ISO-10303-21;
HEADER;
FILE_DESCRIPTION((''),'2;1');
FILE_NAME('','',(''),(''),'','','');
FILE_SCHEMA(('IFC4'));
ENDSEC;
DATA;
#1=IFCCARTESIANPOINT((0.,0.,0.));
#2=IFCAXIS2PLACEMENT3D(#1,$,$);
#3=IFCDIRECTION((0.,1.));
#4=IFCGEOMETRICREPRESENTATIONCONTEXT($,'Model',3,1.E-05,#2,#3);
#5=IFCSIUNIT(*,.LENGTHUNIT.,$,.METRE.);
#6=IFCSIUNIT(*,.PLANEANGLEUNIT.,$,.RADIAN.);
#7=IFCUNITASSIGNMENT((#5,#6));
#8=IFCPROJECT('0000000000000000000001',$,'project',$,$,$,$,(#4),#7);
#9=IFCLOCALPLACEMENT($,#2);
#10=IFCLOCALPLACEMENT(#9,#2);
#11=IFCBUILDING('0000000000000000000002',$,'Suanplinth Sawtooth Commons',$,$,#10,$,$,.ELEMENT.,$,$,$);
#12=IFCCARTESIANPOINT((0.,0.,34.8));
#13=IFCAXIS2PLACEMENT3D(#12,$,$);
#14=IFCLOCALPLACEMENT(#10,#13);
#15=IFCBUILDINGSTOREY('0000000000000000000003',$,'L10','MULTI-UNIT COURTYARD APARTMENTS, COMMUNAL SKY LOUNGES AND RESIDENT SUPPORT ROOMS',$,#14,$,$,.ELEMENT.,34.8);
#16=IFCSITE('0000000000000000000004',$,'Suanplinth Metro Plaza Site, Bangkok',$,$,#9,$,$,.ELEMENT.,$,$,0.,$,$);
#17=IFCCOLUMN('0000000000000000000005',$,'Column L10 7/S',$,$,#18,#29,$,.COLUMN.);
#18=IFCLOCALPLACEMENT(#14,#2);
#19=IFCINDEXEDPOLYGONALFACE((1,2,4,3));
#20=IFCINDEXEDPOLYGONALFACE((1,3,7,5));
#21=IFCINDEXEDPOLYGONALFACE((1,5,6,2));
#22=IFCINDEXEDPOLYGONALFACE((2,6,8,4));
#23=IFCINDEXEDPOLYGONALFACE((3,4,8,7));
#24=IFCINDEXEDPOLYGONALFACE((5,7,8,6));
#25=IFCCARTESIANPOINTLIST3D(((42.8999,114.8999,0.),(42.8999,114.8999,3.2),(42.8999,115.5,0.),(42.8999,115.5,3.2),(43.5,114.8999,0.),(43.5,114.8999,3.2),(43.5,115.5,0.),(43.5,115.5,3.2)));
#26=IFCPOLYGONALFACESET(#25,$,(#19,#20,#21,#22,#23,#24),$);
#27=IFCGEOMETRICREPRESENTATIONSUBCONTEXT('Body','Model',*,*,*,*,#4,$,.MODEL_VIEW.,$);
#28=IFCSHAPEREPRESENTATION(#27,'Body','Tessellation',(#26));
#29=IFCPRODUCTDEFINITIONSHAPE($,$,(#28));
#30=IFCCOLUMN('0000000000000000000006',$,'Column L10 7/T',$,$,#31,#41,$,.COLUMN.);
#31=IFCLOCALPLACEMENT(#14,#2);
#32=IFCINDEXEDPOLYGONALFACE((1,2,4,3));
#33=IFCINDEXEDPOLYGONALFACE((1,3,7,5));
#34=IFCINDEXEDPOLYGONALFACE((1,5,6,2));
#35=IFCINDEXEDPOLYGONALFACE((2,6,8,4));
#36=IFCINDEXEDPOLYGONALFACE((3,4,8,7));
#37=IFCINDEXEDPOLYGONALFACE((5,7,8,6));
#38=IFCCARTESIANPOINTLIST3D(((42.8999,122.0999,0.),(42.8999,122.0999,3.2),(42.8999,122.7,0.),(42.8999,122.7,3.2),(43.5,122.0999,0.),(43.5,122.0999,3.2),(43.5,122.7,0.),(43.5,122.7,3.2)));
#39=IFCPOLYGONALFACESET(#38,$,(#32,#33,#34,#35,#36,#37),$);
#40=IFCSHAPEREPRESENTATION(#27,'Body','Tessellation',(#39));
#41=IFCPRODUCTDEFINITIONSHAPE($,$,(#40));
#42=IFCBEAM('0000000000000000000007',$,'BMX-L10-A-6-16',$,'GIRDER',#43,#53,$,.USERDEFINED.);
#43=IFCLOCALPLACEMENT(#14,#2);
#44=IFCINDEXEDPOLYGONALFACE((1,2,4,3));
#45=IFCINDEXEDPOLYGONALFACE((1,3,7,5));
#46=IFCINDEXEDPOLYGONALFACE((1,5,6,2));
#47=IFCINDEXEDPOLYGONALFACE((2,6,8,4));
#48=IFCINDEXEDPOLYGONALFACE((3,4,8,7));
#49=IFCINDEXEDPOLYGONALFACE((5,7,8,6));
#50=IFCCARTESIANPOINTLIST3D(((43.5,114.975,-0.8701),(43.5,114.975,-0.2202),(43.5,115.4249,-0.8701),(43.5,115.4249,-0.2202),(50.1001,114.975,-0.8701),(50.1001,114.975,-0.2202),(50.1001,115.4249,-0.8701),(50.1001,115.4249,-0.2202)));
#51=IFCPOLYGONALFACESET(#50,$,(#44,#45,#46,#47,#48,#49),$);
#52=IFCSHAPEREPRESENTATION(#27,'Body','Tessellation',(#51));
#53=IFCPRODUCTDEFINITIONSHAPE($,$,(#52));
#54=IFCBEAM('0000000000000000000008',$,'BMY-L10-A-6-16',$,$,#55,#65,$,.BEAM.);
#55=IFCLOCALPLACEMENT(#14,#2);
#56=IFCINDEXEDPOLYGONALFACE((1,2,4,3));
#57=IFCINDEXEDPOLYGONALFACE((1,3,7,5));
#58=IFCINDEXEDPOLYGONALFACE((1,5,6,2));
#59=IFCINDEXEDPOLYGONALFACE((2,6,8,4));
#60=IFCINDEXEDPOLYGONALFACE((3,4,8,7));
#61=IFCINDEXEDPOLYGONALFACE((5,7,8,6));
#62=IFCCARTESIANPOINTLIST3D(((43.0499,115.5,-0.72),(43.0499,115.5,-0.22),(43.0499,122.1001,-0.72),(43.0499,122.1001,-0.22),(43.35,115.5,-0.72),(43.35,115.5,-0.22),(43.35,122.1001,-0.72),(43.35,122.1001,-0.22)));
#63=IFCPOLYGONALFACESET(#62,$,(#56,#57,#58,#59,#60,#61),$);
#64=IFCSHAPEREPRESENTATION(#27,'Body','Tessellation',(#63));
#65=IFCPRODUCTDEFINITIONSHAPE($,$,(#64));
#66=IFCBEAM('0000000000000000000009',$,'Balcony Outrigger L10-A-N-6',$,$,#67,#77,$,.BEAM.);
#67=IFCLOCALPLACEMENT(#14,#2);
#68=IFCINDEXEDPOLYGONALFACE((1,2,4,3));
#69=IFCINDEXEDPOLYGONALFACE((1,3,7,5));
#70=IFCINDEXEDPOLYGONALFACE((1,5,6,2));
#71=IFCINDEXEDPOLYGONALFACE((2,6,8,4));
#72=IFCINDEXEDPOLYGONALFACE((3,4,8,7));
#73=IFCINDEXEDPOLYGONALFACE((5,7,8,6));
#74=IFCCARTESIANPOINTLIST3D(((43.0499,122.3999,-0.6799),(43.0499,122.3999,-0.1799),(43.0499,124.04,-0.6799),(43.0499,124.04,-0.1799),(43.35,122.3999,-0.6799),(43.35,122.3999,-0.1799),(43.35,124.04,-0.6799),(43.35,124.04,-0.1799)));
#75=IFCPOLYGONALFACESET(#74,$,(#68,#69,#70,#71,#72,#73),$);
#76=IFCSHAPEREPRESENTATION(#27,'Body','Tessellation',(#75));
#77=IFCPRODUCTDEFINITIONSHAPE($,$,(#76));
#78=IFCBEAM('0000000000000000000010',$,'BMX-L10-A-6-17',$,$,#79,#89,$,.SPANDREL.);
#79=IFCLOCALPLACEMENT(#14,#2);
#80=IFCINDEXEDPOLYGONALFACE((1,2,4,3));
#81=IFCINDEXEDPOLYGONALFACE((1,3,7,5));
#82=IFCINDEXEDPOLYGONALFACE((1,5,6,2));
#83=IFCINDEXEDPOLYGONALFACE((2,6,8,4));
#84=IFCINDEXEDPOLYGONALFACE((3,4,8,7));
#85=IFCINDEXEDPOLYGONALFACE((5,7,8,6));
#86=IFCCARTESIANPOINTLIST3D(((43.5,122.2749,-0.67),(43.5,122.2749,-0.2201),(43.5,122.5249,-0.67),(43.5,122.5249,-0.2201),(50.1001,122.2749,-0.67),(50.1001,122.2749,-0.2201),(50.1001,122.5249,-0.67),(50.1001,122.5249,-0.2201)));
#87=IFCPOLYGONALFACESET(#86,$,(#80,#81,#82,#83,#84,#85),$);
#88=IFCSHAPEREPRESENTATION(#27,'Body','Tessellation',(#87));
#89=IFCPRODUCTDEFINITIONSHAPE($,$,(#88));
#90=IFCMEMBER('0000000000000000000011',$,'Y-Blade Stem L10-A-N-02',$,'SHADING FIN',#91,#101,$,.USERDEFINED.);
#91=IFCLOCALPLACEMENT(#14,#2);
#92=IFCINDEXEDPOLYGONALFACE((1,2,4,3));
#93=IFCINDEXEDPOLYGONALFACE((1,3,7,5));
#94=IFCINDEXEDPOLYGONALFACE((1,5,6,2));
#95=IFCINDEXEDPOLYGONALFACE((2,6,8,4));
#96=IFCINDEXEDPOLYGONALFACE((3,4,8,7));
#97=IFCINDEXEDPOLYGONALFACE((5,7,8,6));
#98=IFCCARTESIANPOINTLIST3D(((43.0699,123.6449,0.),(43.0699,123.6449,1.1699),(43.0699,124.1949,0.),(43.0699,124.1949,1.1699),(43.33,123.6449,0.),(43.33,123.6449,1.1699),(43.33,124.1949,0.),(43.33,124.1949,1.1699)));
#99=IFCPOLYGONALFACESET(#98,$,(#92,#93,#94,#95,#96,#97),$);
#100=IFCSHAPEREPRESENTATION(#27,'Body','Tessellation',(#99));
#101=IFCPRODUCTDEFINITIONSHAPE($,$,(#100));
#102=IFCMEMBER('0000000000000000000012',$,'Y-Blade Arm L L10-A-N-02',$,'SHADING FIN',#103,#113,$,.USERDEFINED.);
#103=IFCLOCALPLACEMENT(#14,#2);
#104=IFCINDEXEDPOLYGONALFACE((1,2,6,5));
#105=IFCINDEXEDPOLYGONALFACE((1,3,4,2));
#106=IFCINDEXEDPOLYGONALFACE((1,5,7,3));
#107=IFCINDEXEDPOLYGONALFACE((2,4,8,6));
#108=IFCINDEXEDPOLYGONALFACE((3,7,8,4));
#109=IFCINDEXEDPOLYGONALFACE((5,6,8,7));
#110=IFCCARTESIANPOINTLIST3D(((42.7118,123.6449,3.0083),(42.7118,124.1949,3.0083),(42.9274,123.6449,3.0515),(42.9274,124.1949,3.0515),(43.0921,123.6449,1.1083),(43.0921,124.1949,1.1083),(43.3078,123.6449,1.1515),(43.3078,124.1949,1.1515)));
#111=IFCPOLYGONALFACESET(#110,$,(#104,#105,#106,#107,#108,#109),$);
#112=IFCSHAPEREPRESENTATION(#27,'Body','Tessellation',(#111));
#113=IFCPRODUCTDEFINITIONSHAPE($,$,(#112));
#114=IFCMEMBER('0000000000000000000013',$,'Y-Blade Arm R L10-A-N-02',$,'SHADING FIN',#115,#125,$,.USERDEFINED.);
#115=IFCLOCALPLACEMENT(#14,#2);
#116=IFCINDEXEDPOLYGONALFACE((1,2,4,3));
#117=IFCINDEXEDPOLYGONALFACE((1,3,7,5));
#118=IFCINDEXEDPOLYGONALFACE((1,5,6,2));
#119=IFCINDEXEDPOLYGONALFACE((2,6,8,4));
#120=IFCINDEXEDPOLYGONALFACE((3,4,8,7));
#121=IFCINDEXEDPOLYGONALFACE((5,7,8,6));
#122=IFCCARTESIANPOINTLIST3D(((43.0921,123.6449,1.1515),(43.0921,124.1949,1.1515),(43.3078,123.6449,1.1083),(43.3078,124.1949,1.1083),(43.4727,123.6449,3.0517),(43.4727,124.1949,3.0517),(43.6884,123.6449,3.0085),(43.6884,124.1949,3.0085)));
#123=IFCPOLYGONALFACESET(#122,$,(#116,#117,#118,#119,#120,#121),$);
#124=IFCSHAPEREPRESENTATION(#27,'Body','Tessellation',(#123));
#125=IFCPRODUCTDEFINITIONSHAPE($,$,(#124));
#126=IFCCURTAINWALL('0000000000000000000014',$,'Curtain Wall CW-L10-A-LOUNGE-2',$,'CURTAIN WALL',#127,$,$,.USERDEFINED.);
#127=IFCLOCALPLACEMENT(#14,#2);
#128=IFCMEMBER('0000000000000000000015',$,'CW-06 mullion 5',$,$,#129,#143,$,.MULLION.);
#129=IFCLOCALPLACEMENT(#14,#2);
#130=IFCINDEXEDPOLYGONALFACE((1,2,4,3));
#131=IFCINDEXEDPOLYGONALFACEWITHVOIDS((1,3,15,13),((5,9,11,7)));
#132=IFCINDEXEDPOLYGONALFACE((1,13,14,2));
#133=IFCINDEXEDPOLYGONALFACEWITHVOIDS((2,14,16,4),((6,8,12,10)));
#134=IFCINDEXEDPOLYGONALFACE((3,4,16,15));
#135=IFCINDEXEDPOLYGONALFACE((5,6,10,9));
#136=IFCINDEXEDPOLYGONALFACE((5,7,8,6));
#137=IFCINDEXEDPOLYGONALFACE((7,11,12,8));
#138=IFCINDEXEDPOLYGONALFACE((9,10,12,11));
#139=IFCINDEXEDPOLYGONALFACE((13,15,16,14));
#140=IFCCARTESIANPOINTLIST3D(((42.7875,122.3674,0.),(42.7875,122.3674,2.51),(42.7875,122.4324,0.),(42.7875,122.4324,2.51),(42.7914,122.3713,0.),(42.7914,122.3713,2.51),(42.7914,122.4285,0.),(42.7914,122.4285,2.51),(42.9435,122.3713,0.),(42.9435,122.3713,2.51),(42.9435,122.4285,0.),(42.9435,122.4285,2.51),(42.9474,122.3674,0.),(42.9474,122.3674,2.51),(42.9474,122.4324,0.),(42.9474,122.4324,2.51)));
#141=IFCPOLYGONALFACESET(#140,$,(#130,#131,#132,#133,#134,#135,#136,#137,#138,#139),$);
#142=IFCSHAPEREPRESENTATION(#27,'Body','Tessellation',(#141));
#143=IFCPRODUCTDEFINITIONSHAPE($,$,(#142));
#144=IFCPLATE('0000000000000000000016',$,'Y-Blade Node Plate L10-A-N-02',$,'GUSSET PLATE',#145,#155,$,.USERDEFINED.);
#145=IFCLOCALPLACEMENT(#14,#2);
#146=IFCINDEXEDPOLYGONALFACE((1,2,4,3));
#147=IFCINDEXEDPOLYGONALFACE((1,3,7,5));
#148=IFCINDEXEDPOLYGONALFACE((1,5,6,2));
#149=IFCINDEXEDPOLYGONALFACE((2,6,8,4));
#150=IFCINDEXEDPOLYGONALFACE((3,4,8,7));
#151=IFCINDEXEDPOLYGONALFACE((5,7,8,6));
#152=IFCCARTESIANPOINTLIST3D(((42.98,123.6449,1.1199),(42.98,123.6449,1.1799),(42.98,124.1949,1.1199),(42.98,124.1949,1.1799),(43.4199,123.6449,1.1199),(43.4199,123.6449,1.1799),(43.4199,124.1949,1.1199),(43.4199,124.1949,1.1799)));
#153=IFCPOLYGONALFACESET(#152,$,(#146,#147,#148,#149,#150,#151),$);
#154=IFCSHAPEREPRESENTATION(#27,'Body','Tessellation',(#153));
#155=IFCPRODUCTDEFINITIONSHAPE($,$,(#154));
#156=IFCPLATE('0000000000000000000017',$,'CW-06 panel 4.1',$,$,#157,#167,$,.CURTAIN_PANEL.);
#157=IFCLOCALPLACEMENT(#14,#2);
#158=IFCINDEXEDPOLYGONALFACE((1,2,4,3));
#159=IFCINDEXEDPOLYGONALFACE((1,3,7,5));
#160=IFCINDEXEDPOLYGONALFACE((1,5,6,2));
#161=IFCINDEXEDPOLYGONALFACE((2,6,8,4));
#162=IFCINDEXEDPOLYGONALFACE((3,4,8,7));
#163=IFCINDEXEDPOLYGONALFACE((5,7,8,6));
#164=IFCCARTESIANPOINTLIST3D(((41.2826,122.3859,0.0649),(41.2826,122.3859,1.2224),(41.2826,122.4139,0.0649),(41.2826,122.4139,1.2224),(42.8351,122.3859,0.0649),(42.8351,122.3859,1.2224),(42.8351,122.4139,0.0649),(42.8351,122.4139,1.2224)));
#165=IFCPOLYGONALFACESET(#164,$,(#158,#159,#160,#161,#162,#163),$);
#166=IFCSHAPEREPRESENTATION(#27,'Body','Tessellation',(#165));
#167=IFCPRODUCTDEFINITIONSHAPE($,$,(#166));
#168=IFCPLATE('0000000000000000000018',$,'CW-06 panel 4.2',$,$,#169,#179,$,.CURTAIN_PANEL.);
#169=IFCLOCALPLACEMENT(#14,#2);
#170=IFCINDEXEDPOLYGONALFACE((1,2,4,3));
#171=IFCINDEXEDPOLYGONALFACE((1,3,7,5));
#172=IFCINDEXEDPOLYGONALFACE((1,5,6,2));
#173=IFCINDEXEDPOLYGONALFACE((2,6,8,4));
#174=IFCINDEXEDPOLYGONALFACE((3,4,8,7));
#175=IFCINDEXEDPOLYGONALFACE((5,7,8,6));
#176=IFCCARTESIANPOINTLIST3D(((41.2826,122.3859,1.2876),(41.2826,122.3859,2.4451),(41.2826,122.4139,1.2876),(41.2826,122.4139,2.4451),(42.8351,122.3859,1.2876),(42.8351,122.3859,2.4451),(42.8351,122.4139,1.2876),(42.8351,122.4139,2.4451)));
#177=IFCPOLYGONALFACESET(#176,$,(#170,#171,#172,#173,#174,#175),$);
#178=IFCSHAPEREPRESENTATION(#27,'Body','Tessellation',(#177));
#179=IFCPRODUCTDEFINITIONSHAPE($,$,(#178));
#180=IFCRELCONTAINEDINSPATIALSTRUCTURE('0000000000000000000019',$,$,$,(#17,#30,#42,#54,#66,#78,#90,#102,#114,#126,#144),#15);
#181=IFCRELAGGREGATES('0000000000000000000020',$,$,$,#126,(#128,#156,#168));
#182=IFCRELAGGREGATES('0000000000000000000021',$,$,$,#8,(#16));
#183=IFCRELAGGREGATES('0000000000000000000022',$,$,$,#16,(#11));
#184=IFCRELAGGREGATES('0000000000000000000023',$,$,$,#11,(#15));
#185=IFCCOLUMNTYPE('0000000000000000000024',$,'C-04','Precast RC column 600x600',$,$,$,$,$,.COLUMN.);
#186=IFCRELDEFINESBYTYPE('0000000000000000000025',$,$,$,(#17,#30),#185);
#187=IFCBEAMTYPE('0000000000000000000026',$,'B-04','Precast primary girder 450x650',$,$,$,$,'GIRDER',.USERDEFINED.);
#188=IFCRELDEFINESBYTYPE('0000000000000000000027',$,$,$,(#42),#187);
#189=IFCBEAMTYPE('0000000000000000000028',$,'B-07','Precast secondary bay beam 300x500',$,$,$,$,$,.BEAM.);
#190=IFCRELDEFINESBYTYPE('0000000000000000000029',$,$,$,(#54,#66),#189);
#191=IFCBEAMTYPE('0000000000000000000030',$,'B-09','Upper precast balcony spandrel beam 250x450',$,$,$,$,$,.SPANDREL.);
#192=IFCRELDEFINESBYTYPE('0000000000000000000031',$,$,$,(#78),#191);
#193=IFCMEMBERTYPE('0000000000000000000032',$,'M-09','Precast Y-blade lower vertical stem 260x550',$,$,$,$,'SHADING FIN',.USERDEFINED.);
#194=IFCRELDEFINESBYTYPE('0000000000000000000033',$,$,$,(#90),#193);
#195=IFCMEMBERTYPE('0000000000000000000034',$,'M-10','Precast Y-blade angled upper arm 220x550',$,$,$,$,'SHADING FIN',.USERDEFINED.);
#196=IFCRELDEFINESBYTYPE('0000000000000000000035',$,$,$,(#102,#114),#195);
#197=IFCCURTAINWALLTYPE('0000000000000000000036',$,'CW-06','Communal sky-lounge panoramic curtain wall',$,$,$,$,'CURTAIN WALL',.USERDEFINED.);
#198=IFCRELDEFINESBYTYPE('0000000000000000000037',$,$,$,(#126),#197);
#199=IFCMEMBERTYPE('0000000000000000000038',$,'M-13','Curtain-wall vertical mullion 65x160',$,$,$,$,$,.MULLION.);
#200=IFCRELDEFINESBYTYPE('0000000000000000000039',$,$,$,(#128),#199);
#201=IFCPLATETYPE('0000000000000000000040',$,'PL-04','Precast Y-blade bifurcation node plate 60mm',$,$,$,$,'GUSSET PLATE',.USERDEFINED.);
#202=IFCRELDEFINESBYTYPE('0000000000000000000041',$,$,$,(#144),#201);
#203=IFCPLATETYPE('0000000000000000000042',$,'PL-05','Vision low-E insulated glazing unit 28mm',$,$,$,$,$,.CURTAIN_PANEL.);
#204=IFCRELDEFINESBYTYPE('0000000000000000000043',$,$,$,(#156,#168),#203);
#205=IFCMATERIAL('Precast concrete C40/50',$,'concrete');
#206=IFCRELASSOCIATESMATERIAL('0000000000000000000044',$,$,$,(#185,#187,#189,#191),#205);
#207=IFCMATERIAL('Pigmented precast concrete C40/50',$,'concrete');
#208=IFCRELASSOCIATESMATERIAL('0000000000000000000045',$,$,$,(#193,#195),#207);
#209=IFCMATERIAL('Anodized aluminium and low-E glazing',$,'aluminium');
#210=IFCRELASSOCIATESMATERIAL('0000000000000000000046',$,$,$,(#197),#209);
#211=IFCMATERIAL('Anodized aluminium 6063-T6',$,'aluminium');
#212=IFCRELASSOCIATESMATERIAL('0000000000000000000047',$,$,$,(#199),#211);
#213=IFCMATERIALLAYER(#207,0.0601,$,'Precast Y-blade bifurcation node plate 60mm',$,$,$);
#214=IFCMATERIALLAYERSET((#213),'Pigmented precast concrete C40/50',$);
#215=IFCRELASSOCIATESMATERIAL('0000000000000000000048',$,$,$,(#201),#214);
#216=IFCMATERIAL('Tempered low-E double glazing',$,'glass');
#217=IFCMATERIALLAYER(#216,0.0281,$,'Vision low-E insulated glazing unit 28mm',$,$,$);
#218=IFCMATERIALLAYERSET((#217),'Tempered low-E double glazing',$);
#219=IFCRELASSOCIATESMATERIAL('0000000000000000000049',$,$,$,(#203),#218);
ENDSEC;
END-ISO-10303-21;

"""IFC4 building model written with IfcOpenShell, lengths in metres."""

from ifc_helpers import new_model, si_unit, direction, frame, origin, origin_2d, place, context, subcontext, project, spatial, rectangle, hollow_rectangle, extrude, material, layer, layer_set, material_profile, profile_set, type_object, element, aggregate, save


model = new_model("IFC4")

# Units and contexts
model_context = context("Model", 3, precision=1e-05, world=origin(), true_north=direction((0.0, 1.0)))
body_context = subcontext(model_context, "Body", "Model", "MODEL_VIEW")
ifc_project = project(units=[si_unit("LENGTHUNIT", "METRE"), si_unit("PLANEANGLEUNIT", "RADIAN")], contexts=[model_context])

# Site, building, storey
site_placement = place(None, origin())
site = spatial("IfcSite", under=ifc_project, at=site_placement, Name="Suanplinth Metro Plaza Site, Bangkok", CompositionType="ELEMENT", RefElevation=0.0)
building_placement = place(site_placement, origin())
building = spatial("IfcBuilding", under=site, at=building_placement, Name="Suanplinth Sawtooth Commons", CompositionType="ELEMENT")
storey_placement = place(building_placement, frame((0.0, 0.0, 34.8)))
storey = spatial("IfcBuildingStorey", under=building, at=storey_placement, Name="L10", Description="MULTI-UNIT COURTYARD APARTMENTS, COMMUNAL SKY LOUNGES AND RESIDENT SUPPORT ROOMS", CompositionType="ELEMENT", Elevation=34.8)

# Columns
ifc_material_1 = material(Name="Precast concrete C40/50", Category="concrete")
ifc_material_profile_1 = material_profile(ifc_material_1, rectangle(XDim=0.6001, YDim=0.6001, at=origin_2d()), Name="PC-COL 600x600")
ifc_profile_set_1 = profile_set([ifc_material_profile_1], Name="Precast concrete C40/50")
column_type = type_object("IfcColumnType", Name="C-04", Description="Precast RC column 600x600", PredefinedType="COLUMN", material=ifc_profile_set_1)
for number, where, z_axis, x_axis, name in (
    (1, (43.2, 115.2, 0.0), (0.0, 0.0, 1.0), (1.0, 0.0, 0.0), "Column L10 7/S"),
    (2, (43.2, 122.3999, 0.0), (0.0, 0.0, 1.0), (1.0, 0.0, 0.0), "Column L10 7/T"),
):
    element("IfcColumn", number, at=place(storey_placement, frame(where, z_axis=z_axis, x_axis=x_axis)), inside=storey, type_object=column_type, Name=name, PredefinedType="COLUMN", context=body_context, shape_type="SweptSolid", body=[
        extrude(rectangle(XDim=0.6001, YDim=0.6001, at=origin_2d()), origin(), (0.0, 0.0, 1.0), 3.2),
    ])

# Beams
ifc_material_profile_2 = material_profile(ifc_material_1, rectangle(XDim=0.45, YDim=0.6499, at=origin_2d()), Name="PC-GDR 450x650")
ifc_profile_set_2 = profile_set([ifc_material_profile_2], Name="Precast concrete C40/50")
beam_type_1 = type_object("IfcBeamType", Name="B-04", Description="Precast primary girder 450x650", ElementType="GIRDER", PredefinedType="USERDEFINED", material=ifc_profile_set_2)
beam_1_placement = place(storey_placement, frame((43.5, 115.2, -0.5452), z_axis=(1.0, 0.0, 0.0), x_axis=(0.0, 1.0, 0.0)))
element("IfcBeam", 3, at=beam_1_placement, inside=storey, type_object=beam_type_1, Name="BMX-L10-A-6-16", ObjectType="GIRDER", PredefinedType="USERDEFINED", context=body_context, shape_type="SweptSolid", body=[
    extrude(rectangle(XDim=0.45, YDim=0.6499, at=origin_2d()), origin(), (0.0, 0.0, 1.0), 6.6001),
])
ifc_material_profile_3 = material_profile(ifc_material_1, rectangle(XDim=0.3, YDim=0.5, at=origin_2d()), Name="PC-BM 300x500")
ifc_profile_set_3 = profile_set([ifc_material_profile_3], Name="Precast concrete C40/50")
beam_type_2 = type_object("IfcBeamType", Name="B-07", Description="Precast secondary bay beam 300x500", PredefinedType="BEAM", material=ifc_profile_set_3)
beam_2_placement = place(storey_placement, frame((43.2, 115.5, -0.47), z_axis=(0.0, 1.0, 0.0), x_axis=(-1.0, 0.0, 0.0)))
element("IfcBeam", 4, at=beam_2_placement, inside=storey, type_object=beam_type_2, Name="BMY-L10-A-6-16", PredefinedType="BEAM", context=body_context, shape_type="SweptSolid", body=[
    extrude(rectangle(XDim=0.3, YDim=0.5, at=origin_2d()), origin(), (0.0, 0.0, 1.0), 6.6001),
])
beam_3_placement = place(storey_placement, frame((43.2, 122.3999, -0.4299), z_axis=(0.0, 1.0, 0.0), x_axis=(-1.0, 0.0, 0.0)))
element("IfcBeam", 5, at=beam_3_placement, inside=storey, type_object=beam_type_2, Name="Balcony Outrigger L10-A-N-6", PredefinedType="BEAM", context=body_context, shape_type="SweptSolid", body=[
    extrude(rectangle(XDim=0.3, YDim=0.5, at=origin_2d()), origin(), (0.0, 0.0, 1.0), 1.6401),
])
ifc_material_profile_4 = material_profile(ifc_material_1, rectangle(XDim=0.25, YDim=0.45, at=origin_2d()), Name="PC-SP 250x450")
ifc_profile_set_4 = profile_set([ifc_material_profile_4], Name="Precast concrete C40/50")
beam_type_3 = type_object("IfcBeamType", Name="B-09", Description="Upper precast balcony spandrel beam 250x450", PredefinedType="SPANDREL", material=ifc_profile_set_4)
beam_4_placement = place(storey_placement, frame((43.5, 122.3999, -0.4451), z_axis=(1.0, 0.0, 0.0), x_axis=(0.0, 1.0, 0.0)))
element("IfcBeam", 6, at=beam_4_placement, inside=storey, type_object=beam_type_3, Name="BMX-L10-A-6-17", PredefinedType="SPANDREL", context=body_context, shape_type="SweptSolid", body=[
    extrude(rectangle(XDim=0.25, YDim=0.45, at=origin_2d()), origin(), (0.0, 0.0, 1.0), 6.6001),
])

# Members
ifc_material_2 = material(Name="Pigmented precast concrete C40/50", Category="concrete")
ifc_material_profile_5 = material_profile(ifc_material_2, rectangle(XDim=0.26, YDim=0.55, at=origin_2d()), Name="PC-FIN 260x550")
ifc_profile_set_5 = profile_set([ifc_material_profile_5], Name="Pigmented precast concrete C40/50")
member_type_1 = type_object("IfcMemberType", Name="M-09", Description="Precast Y-blade lower vertical stem 260x550", ElementType="SHADING FIN", PredefinedType="USERDEFINED", material=ifc_profile_set_5)
member_1_placement = place(storey_placement, frame((43.2, 123.9199, 0.0), z_axis=(0.0, 0.0, 1.0), x_axis=(1.0, 0.0, 0.0)))
element("IfcMember", 7, at=member_1_placement, inside=storey, type_object=member_type_1, Name="Y-Blade Stem L10-A-N-02", ObjectType="SHADING FIN", PredefinedType="USERDEFINED", context=body_context, shape_type="SweptSolid", body=[
    extrude(rectangle(XDim=0.26, YDim=0.55, at=origin_2d()), origin(), (0.0, 0.0, 1.0), 1.1699),
])
ifc_material_profile_6 = material_profile(ifc_material_2, rectangle(XDim=0.22, YDim=0.55, at=origin_2d()), Name="PC-FIN 220x550")
ifc_profile_set_6 = profile_set([ifc_material_profile_6], Name="Pigmented precast concrete C40/50")
member_type_2 = type_object("IfcMemberType", Name="M-10", Description="Precast Y-blade angled upper arm 220x550", ElementType="SHADING FIN", PredefinedType="USERDEFINED", material=ifc_profile_set_6)
member_2_placement = place(storey_placement, frame((43.2, 123.9199, 1.1299), z_axis=(-0.196286, 0.0, 0.980547), x_axis=(0.980547, 0.0, 0.196286)))
element("IfcMember", 8, at=member_2_placement, inside=storey, type_object=member_type_2, Name="Y-Blade Arm L L10-A-N-02", ObjectType="SHADING FIN", PredefinedType="USERDEFINED", context=body_context, shape_type="SweptSolid", body=[
    extrude(rectangle(XDim=0.22, YDim=0.55, at=origin_2d()), origin(), (0.0, 0.0, 1.0), 1.9377),
])
member_3_placement = place(storey_placement, frame((43.2, 123.9199, 1.1299), z_axis=(0.196407, 0.0, 0.980522), x_axis=(-0.980522, 0.0, 0.196407)))
element("IfcMember", 9, at=member_3_placement, inside=storey, type_object=member_type_2, Name="Y-Blade Arm R L10-A-N-02", ObjectType="SHADING FIN", PredefinedType="USERDEFINED", context=body_context, shape_type="SweptSolid", body=[
    extrude(rectangle(XDim=0.22, YDim=0.55, at=origin_2d()), origin(), (0.0, 0.0, 1.0), 1.938),
])

# Curtain wall, member
ifc_material_3 = material(Name="Anodized aluminium and low-E glazing", Category="aluminium")
curtain_wall_type = type_object("IfcCurtainWallType", Name="CW-06", Description="Communal sky-lounge panoramic curtain wall", ElementType="CURTAIN WALL", PredefinedType="USERDEFINED", material=ifc_material_3)
curtain_wall_placement = place(storey_placement, origin())
curtain_wall = element("IfcCurtainWall", 10, at=curtain_wall_placement, inside=storey, type_object=curtain_wall_type, Name="Curtain Wall CW-L10-A-LOUNGE-2", ObjectType="CURTAIN WALL", PredefinedType="USERDEFINED")
ifc_material_4 = material(Name="Anodized aluminium 6063-T6", Category="aluminium")
ifc_material_profile_7 = material_profile(ifc_material_4, hollow_rectangle(XDim=0.0649, YDim=0.1599, WallThickness=0.0039, at=origin_2d()), Name="ALU-MUL 65x160")
ifc_profile_set_7 = profile_set([ifc_material_profile_7], Name="Anodized aluminium 6063-T6")
member_type_3 = type_object("IfcMemberType", Name="M-13", Description="Curtain-wall vertical mullion 65x160", PredefinedType="MULLION", material=ifc_profile_set_7)
member_4_placement = place(storey_placement, frame((42.8674, 122.3999, 0.0), z_axis=(0.0, 0.0, 1.0), x_axis=(0.0, 1.0, 0.0)))
member_4 = element("IfcMember", 11, at=member_4_placement, type_object=member_type_3, Name="CW-06 mullion 5", PredefinedType="MULLION", context=body_context, shape_type="SweptSolid", body=[
    extrude(hollow_rectangle(XDim=0.0649, YDim=0.1599, WallThickness=0.0039, at=origin_2d()), origin(), (0.0, 0.0, 1.0), 2.51),
])

# Plates
ifc_layer_1 = layer(ifc_material_2, 0.0601, Name="Precast Y-blade bifurcation node plate 60mm")
ifc_layer_set_1 = layer_set([ifc_layer_1], Name="Pigmented precast concrete C40/50")
plate_type_1 = type_object("IfcPlateType", Name="PL-04", Description="Precast Y-blade bifurcation node plate 60mm", ElementType="GUSSET PLATE", PredefinedType="USERDEFINED", material=ifc_layer_set_1)
plate_1_placement = place(storey_placement, frame((43.2, 123.9199, 1.1199), z_axis=(0.0, 0.0, 1.0), x_axis=(1.0, 0.0, 0.0)))
element("IfcPlate", 12, at=plate_1_placement, inside=storey, type_object=plate_type_1, Name="Y-Blade Node Plate L10-A-N-02", ObjectType="GUSSET PLATE", PredefinedType="USERDEFINED", context=body_context, shape_type="SweptSolid", body=[
    extrude(rectangle(XDim=0.4399, YDim=0.55, at=origin_2d()), origin(), (0.0, 0.0, 1.0), 0.0601),
])
ifc_material_5 = material(Name="Tempered low-E double glazing", Category="glass")
ifc_layer_2 = layer(ifc_material_5, 0.0281, Name="Vision low-E insulated glazing unit 28mm")
ifc_layer_set_2 = layer_set([ifc_layer_2], Name="Tempered low-E double glazing")
plate_type_2 = type_object("IfcPlateType", Name="PL-05", Description="Vision low-E insulated glazing unit 28mm", PredefinedType="CURTAIN_PANEL", material=ifc_layer_set_2)
plate_2_placement = place(storey_placement, frame((42.0588, 122.3999, 0.0649), z_axis=(0.0, 0.0, 1.0), x_axis=(1.0, 0.0, 0.0)))
plate_2 = element("IfcPlate", 13, at=plate_2_placement, type_object=plate_type_2, Name="CW-06 panel 4.1", PredefinedType="CURTAIN_PANEL", context=body_context, shape_type="SweptSolid", body=[
    extrude(rectangle(XDim=1.5525, YDim=0.0281, at=origin_2d()), origin(), (0.0, 0.0, 1.0), 1.1575),
])
plate_3_placement = place(storey_placement, frame((42.0588, 122.3999, 1.2876), z_axis=(0.0, 0.0, 1.0), x_axis=(1.0, 0.0, 0.0)))
plate_3 = element("IfcPlate", 14, at=plate_3_placement, type_object=plate_type_2, Name="CW-06 panel 4.2", PredefinedType="CURTAIN_PANEL", context=body_context, shape_type="SweptSolid", body=[
    extrude(rectangle(XDim=1.5525, YDim=0.0281, at=origin_2d()), origin(), (0.0, 0.0, 1.0), 1.1575),
])
aggregate(curtain_wall, [member_4, plate_2, plate_3])

save(model, "model.ifc")
